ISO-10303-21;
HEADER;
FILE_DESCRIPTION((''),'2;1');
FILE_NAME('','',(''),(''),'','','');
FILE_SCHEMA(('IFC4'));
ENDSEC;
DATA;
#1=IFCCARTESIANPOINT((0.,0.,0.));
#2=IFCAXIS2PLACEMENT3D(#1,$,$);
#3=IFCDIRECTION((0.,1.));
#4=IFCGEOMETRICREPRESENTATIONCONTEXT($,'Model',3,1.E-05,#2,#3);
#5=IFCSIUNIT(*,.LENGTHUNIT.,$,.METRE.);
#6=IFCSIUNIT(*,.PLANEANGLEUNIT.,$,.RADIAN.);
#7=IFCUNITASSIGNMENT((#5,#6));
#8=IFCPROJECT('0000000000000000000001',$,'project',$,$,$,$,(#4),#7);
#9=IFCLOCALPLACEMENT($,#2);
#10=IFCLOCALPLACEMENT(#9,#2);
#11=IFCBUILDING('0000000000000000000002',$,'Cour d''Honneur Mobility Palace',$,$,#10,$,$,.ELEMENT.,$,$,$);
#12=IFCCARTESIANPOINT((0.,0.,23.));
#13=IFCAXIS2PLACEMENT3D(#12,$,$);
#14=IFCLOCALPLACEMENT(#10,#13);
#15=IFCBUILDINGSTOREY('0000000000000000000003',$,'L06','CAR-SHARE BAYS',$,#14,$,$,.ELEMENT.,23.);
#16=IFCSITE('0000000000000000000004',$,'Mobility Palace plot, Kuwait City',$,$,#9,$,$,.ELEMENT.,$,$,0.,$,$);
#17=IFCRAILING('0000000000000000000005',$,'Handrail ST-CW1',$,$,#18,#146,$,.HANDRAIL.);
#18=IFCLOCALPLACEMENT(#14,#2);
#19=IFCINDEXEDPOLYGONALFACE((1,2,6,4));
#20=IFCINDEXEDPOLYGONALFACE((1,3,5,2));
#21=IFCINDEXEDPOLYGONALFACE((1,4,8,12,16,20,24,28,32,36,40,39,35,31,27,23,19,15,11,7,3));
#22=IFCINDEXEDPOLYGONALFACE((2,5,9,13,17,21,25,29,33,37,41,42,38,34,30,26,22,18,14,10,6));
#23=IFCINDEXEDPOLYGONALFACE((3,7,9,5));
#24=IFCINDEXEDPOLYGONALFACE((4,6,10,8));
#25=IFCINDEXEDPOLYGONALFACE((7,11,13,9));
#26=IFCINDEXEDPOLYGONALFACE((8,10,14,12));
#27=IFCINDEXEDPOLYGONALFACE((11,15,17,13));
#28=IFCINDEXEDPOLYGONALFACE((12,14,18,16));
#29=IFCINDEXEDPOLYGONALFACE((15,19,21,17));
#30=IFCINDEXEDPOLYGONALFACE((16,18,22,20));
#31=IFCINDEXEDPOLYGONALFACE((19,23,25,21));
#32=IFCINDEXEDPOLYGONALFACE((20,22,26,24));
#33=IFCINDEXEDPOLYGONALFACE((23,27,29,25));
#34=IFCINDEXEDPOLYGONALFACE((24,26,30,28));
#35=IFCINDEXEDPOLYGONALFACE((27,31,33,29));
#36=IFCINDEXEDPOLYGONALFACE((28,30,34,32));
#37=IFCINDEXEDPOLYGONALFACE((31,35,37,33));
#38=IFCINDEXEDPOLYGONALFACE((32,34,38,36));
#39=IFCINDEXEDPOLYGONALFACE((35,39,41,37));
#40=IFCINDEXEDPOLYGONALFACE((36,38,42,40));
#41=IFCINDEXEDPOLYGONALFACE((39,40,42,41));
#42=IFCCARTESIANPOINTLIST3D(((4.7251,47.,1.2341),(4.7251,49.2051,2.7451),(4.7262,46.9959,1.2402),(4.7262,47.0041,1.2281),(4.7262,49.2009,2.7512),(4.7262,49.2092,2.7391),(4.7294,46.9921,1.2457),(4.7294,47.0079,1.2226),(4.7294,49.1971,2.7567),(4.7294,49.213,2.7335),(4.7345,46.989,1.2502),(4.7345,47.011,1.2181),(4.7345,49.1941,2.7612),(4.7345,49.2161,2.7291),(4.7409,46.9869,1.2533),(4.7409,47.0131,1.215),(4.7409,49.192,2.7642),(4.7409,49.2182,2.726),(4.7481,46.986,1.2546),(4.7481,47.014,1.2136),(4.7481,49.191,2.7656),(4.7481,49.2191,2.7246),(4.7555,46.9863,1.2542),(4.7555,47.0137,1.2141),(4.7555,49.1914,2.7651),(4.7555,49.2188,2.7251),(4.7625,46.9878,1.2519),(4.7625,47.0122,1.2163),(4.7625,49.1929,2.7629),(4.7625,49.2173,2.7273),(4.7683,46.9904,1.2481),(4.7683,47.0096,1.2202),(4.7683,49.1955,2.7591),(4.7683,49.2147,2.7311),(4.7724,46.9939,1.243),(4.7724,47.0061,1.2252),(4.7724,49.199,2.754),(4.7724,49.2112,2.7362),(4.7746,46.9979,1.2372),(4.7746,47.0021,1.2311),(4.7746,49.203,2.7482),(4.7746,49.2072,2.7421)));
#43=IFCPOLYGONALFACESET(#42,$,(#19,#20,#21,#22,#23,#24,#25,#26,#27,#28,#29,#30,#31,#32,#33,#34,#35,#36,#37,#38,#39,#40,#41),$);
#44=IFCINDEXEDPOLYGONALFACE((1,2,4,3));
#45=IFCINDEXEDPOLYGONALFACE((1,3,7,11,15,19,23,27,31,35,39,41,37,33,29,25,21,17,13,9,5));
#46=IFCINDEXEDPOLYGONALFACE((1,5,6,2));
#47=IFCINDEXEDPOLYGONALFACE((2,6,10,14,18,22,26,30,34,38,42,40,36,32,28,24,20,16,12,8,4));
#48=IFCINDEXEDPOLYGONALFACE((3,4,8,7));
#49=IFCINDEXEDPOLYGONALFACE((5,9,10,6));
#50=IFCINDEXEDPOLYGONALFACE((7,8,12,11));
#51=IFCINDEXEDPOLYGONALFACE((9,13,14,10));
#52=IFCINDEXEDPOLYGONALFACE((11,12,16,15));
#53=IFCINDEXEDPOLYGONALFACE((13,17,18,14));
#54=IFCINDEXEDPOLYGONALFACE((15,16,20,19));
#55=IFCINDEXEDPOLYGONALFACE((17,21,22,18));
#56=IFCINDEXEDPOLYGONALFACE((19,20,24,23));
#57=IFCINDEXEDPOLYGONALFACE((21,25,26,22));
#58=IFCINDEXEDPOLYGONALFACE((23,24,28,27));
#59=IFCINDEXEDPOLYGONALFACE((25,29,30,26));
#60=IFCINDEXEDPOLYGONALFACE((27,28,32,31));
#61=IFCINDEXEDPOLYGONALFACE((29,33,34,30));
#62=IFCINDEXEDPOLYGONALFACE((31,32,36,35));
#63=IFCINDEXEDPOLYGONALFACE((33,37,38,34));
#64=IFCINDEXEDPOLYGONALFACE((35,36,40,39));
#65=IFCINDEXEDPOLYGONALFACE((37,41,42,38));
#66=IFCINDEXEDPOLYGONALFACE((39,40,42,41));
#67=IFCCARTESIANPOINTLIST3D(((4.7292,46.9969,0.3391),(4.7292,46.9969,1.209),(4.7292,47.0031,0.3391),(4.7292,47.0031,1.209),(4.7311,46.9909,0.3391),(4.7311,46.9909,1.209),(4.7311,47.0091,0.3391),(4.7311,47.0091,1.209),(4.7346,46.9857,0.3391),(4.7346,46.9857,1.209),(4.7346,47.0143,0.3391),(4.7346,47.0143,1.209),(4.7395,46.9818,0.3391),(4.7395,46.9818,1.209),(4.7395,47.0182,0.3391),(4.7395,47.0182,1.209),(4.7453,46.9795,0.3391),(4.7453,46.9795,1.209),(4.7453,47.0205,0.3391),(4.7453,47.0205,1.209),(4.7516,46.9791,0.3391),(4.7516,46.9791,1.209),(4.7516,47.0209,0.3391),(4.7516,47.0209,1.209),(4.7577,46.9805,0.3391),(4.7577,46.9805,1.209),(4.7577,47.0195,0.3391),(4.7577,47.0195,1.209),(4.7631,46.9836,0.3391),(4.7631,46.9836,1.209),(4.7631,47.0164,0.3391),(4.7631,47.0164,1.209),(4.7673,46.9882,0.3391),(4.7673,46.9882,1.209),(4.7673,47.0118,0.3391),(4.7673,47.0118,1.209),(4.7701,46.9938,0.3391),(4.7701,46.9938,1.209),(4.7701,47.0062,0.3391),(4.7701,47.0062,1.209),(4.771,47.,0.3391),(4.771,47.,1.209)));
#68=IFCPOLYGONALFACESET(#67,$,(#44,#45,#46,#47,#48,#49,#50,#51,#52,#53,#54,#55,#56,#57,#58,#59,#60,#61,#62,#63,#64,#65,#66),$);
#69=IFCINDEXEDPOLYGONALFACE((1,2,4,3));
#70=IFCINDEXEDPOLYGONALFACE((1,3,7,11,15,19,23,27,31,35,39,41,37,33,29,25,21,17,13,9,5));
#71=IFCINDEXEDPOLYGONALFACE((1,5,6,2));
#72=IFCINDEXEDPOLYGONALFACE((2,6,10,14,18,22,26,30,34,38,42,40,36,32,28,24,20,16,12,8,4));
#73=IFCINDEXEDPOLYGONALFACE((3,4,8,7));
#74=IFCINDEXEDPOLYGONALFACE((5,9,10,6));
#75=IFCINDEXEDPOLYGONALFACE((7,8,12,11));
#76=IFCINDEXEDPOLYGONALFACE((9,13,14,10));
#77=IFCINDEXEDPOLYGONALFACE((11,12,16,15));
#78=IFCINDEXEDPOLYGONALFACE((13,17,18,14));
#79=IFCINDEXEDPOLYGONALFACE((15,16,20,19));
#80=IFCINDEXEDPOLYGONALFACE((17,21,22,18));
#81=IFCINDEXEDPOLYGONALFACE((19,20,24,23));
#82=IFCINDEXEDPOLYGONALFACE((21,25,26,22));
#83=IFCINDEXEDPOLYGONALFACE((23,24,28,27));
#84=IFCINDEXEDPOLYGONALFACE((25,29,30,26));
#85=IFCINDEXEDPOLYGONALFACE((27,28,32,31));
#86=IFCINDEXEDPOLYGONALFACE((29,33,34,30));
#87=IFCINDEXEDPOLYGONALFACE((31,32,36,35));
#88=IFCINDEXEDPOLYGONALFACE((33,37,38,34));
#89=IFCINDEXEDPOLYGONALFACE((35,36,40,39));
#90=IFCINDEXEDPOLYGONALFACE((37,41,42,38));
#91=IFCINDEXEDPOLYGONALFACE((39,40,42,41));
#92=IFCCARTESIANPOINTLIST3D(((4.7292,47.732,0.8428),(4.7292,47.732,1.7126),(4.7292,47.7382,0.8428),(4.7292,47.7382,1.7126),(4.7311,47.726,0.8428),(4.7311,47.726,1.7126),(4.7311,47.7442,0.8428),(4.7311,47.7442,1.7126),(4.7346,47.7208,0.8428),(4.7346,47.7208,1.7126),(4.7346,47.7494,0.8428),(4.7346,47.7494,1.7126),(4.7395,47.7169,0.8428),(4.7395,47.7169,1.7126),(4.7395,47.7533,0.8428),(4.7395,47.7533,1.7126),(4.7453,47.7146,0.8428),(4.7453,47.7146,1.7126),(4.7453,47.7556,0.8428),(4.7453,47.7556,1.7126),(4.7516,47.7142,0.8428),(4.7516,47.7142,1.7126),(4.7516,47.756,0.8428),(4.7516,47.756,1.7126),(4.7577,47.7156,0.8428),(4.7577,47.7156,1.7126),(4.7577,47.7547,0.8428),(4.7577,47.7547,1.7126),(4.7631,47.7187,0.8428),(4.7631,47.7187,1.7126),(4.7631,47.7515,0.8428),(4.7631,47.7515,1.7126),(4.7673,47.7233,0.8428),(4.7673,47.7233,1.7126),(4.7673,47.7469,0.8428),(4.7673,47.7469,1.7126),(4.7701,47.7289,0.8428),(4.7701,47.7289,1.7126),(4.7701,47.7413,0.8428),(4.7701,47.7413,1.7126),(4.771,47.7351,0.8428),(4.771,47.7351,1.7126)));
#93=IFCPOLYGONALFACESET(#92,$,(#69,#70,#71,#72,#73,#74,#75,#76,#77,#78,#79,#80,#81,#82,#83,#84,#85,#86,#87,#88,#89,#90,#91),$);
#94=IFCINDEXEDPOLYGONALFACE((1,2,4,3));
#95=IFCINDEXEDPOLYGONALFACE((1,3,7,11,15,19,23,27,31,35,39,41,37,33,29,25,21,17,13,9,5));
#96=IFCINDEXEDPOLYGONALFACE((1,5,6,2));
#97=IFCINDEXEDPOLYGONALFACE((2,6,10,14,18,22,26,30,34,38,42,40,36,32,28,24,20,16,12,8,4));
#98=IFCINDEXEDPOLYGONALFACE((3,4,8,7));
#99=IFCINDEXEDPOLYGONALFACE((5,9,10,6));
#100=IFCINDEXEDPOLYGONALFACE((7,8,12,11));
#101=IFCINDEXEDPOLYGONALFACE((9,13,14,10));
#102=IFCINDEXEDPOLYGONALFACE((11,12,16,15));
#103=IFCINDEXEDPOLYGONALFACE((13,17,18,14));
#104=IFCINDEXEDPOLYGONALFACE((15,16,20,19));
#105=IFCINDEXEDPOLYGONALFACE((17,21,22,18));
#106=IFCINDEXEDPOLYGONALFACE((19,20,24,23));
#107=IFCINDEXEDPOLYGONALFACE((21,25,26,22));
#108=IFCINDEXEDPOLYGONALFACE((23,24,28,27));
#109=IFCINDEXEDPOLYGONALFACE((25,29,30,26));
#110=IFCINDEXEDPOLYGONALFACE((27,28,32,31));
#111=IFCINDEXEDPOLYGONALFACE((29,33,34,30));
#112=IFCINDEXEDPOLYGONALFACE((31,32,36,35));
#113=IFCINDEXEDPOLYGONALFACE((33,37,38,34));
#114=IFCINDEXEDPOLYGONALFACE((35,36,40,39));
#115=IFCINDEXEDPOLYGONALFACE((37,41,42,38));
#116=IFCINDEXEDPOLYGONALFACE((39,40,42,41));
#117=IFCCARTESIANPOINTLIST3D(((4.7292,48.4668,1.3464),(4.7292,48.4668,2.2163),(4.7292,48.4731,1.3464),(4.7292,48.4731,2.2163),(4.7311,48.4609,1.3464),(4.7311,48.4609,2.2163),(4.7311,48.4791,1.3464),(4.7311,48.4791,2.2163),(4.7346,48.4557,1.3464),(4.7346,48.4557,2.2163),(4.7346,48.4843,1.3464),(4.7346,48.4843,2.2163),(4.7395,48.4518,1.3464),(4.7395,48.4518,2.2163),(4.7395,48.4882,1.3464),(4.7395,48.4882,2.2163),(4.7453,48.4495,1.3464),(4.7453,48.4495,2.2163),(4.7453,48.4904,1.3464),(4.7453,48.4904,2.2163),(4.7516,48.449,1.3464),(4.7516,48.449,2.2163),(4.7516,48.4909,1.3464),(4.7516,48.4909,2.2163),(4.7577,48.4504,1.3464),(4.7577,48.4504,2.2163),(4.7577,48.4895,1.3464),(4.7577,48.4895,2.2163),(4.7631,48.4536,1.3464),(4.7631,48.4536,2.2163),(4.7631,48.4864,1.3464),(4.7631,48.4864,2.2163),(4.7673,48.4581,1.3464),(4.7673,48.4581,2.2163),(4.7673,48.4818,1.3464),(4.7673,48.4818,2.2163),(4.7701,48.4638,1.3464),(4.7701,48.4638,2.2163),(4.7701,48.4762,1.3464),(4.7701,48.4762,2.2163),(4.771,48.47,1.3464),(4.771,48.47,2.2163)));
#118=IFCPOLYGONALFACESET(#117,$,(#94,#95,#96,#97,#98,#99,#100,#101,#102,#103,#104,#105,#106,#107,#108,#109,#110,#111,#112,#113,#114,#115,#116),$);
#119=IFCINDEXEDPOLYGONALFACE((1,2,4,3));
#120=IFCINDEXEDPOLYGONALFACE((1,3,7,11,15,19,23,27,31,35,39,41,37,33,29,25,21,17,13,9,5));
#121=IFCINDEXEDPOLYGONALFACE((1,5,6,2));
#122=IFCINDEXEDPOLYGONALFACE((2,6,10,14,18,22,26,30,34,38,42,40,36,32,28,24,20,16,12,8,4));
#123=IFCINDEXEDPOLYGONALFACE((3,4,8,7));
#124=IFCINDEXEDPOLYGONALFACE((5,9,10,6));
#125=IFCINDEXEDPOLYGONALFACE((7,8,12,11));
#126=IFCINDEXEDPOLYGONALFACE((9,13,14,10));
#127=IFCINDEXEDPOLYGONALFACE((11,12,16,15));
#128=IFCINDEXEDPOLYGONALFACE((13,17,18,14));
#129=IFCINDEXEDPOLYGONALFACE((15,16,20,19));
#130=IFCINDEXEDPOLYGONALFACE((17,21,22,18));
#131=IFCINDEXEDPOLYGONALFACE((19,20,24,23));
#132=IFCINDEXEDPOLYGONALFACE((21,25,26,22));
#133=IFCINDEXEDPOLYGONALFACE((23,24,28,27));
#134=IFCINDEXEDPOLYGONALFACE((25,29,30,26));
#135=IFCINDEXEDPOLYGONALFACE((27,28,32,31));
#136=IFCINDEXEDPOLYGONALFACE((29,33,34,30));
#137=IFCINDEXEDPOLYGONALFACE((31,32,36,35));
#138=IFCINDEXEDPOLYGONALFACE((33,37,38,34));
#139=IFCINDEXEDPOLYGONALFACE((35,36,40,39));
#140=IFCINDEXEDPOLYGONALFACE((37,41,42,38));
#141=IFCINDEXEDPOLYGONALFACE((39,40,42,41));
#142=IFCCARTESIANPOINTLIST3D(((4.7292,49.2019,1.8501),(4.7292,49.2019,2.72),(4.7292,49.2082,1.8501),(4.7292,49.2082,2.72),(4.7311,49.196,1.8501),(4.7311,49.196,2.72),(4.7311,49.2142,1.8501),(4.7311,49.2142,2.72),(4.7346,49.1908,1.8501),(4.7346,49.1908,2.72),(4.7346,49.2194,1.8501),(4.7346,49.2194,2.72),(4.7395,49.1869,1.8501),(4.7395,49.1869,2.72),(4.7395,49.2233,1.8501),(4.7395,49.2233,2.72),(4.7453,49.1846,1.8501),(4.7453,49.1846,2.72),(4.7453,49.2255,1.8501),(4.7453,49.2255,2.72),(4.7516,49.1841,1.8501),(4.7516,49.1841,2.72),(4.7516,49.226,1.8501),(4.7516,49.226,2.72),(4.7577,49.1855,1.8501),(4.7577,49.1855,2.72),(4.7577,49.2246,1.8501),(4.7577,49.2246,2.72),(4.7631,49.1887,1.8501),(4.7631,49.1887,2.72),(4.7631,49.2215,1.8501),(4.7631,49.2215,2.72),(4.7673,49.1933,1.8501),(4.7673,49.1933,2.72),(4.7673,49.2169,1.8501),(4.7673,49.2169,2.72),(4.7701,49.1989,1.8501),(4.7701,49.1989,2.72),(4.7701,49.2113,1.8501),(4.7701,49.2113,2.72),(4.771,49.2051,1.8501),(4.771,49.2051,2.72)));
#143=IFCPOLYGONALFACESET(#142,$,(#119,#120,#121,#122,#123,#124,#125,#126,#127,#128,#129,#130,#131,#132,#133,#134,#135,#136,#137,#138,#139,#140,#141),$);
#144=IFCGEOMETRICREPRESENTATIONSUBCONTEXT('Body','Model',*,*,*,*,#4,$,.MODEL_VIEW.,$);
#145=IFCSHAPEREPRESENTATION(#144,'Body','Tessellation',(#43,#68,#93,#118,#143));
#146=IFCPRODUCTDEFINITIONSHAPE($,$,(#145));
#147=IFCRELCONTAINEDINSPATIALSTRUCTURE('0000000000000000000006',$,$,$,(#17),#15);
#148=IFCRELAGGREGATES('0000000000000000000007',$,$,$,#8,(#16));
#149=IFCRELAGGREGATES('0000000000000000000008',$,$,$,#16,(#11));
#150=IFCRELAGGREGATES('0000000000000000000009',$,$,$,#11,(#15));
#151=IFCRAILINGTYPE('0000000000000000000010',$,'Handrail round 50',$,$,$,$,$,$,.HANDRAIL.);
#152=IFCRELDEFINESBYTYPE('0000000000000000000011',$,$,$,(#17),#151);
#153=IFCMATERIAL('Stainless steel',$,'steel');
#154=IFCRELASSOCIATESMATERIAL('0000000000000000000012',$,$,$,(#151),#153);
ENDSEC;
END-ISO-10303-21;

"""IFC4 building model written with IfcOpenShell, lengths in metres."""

from ifc_helpers import new_model, si_unit, direction, frame, origin, origin_2d, place, context, subcontext, project, spatial, circle, extrude, material, type_object, element, save


model = new_model("IFC4")

# Units and contexts
model_context = context("Model", 3, precision=1e-05, world=origin(), true_north=direction((0.0, 1.0)))
body_context = subcontext(model_context, "Body", "Model", "MODEL_VIEW")
ifc_project = project(units=[si_unit("LENGTHUNIT", "METRE"), si_unit("PLANEANGLEUNIT", "RADIAN")], contexts=[model_context])

# Site, building, storey
site_placement = place(None, origin())
site = spatial("IfcSite", under=ifc_project, at=site_placement, Name="Mobility Palace plot, Kuwait City", CompositionType="ELEMENT", RefElevation=0.0)
building_placement = place(site_placement, origin())
building = spatial("IfcBuilding", under=site, at=building_placement, Name="Cour d'Honneur Mobility Palace", CompositionType="ELEMENT")
storey_placement = place(building_placement, frame((0.0, 0.0, 23.0)))
storey = spatial("IfcBuildingStorey", under=building, at=storey_placement, Name="L06", Description="CAR-SHARE BAYS", CompositionType="ELEMENT", Elevation=23.0)

# Railing
ifc_material_1 = material(Name="Stainless steel", Category="steel")
railing_type_1 = type_object("IfcRailingType", Name="Handrail round 50", PredefinedType="HANDRAIL", material=ifc_material_1)
railing_1_placement = place(storey_placement, frame((4.75, 47.0, 0.3391)))
element("IfcRailing", 1, at=railing_1_placement, inside=storey, type_object=railing_type_1, Name="Handrail ST-CW1", PredefinedType="HANDRAIL", context=body_context, shape_type="SweptSolid", body=[
    extrude(circle(Radius=0.0249, at=origin_2d()), frame((0.0, 0.0, 0.895), z_axis=(0.0, 0.824915, 0.565257), x_axis=(-1.0, 0.0, 0.0)), (0.0, 0.0, 1.0), 2.6731),
    extrude(circle(Radius=0.021, at=origin_2d()), origin(), (0.0, 0.0, 1.0), 0.8699),
    extrude(circle(Radius=0.021, at=origin_2d()), frame((0.0, 0.7351, 0.5037)), (0.0, 0.0, 1.0), 0.8699),
    extrude(circle(Radius=0.021, at=origin_2d()), frame((0.0, 1.47, 1.0073)), (0.0, 0.0, 1.0), 0.8699),
    extrude(circle(Radius=0.021, at=origin_2d()), frame((0.0, 2.2051, 1.511)), (0.0, 0.0, 1.0), 0.8699),
])

save(model, "model.ifc")
